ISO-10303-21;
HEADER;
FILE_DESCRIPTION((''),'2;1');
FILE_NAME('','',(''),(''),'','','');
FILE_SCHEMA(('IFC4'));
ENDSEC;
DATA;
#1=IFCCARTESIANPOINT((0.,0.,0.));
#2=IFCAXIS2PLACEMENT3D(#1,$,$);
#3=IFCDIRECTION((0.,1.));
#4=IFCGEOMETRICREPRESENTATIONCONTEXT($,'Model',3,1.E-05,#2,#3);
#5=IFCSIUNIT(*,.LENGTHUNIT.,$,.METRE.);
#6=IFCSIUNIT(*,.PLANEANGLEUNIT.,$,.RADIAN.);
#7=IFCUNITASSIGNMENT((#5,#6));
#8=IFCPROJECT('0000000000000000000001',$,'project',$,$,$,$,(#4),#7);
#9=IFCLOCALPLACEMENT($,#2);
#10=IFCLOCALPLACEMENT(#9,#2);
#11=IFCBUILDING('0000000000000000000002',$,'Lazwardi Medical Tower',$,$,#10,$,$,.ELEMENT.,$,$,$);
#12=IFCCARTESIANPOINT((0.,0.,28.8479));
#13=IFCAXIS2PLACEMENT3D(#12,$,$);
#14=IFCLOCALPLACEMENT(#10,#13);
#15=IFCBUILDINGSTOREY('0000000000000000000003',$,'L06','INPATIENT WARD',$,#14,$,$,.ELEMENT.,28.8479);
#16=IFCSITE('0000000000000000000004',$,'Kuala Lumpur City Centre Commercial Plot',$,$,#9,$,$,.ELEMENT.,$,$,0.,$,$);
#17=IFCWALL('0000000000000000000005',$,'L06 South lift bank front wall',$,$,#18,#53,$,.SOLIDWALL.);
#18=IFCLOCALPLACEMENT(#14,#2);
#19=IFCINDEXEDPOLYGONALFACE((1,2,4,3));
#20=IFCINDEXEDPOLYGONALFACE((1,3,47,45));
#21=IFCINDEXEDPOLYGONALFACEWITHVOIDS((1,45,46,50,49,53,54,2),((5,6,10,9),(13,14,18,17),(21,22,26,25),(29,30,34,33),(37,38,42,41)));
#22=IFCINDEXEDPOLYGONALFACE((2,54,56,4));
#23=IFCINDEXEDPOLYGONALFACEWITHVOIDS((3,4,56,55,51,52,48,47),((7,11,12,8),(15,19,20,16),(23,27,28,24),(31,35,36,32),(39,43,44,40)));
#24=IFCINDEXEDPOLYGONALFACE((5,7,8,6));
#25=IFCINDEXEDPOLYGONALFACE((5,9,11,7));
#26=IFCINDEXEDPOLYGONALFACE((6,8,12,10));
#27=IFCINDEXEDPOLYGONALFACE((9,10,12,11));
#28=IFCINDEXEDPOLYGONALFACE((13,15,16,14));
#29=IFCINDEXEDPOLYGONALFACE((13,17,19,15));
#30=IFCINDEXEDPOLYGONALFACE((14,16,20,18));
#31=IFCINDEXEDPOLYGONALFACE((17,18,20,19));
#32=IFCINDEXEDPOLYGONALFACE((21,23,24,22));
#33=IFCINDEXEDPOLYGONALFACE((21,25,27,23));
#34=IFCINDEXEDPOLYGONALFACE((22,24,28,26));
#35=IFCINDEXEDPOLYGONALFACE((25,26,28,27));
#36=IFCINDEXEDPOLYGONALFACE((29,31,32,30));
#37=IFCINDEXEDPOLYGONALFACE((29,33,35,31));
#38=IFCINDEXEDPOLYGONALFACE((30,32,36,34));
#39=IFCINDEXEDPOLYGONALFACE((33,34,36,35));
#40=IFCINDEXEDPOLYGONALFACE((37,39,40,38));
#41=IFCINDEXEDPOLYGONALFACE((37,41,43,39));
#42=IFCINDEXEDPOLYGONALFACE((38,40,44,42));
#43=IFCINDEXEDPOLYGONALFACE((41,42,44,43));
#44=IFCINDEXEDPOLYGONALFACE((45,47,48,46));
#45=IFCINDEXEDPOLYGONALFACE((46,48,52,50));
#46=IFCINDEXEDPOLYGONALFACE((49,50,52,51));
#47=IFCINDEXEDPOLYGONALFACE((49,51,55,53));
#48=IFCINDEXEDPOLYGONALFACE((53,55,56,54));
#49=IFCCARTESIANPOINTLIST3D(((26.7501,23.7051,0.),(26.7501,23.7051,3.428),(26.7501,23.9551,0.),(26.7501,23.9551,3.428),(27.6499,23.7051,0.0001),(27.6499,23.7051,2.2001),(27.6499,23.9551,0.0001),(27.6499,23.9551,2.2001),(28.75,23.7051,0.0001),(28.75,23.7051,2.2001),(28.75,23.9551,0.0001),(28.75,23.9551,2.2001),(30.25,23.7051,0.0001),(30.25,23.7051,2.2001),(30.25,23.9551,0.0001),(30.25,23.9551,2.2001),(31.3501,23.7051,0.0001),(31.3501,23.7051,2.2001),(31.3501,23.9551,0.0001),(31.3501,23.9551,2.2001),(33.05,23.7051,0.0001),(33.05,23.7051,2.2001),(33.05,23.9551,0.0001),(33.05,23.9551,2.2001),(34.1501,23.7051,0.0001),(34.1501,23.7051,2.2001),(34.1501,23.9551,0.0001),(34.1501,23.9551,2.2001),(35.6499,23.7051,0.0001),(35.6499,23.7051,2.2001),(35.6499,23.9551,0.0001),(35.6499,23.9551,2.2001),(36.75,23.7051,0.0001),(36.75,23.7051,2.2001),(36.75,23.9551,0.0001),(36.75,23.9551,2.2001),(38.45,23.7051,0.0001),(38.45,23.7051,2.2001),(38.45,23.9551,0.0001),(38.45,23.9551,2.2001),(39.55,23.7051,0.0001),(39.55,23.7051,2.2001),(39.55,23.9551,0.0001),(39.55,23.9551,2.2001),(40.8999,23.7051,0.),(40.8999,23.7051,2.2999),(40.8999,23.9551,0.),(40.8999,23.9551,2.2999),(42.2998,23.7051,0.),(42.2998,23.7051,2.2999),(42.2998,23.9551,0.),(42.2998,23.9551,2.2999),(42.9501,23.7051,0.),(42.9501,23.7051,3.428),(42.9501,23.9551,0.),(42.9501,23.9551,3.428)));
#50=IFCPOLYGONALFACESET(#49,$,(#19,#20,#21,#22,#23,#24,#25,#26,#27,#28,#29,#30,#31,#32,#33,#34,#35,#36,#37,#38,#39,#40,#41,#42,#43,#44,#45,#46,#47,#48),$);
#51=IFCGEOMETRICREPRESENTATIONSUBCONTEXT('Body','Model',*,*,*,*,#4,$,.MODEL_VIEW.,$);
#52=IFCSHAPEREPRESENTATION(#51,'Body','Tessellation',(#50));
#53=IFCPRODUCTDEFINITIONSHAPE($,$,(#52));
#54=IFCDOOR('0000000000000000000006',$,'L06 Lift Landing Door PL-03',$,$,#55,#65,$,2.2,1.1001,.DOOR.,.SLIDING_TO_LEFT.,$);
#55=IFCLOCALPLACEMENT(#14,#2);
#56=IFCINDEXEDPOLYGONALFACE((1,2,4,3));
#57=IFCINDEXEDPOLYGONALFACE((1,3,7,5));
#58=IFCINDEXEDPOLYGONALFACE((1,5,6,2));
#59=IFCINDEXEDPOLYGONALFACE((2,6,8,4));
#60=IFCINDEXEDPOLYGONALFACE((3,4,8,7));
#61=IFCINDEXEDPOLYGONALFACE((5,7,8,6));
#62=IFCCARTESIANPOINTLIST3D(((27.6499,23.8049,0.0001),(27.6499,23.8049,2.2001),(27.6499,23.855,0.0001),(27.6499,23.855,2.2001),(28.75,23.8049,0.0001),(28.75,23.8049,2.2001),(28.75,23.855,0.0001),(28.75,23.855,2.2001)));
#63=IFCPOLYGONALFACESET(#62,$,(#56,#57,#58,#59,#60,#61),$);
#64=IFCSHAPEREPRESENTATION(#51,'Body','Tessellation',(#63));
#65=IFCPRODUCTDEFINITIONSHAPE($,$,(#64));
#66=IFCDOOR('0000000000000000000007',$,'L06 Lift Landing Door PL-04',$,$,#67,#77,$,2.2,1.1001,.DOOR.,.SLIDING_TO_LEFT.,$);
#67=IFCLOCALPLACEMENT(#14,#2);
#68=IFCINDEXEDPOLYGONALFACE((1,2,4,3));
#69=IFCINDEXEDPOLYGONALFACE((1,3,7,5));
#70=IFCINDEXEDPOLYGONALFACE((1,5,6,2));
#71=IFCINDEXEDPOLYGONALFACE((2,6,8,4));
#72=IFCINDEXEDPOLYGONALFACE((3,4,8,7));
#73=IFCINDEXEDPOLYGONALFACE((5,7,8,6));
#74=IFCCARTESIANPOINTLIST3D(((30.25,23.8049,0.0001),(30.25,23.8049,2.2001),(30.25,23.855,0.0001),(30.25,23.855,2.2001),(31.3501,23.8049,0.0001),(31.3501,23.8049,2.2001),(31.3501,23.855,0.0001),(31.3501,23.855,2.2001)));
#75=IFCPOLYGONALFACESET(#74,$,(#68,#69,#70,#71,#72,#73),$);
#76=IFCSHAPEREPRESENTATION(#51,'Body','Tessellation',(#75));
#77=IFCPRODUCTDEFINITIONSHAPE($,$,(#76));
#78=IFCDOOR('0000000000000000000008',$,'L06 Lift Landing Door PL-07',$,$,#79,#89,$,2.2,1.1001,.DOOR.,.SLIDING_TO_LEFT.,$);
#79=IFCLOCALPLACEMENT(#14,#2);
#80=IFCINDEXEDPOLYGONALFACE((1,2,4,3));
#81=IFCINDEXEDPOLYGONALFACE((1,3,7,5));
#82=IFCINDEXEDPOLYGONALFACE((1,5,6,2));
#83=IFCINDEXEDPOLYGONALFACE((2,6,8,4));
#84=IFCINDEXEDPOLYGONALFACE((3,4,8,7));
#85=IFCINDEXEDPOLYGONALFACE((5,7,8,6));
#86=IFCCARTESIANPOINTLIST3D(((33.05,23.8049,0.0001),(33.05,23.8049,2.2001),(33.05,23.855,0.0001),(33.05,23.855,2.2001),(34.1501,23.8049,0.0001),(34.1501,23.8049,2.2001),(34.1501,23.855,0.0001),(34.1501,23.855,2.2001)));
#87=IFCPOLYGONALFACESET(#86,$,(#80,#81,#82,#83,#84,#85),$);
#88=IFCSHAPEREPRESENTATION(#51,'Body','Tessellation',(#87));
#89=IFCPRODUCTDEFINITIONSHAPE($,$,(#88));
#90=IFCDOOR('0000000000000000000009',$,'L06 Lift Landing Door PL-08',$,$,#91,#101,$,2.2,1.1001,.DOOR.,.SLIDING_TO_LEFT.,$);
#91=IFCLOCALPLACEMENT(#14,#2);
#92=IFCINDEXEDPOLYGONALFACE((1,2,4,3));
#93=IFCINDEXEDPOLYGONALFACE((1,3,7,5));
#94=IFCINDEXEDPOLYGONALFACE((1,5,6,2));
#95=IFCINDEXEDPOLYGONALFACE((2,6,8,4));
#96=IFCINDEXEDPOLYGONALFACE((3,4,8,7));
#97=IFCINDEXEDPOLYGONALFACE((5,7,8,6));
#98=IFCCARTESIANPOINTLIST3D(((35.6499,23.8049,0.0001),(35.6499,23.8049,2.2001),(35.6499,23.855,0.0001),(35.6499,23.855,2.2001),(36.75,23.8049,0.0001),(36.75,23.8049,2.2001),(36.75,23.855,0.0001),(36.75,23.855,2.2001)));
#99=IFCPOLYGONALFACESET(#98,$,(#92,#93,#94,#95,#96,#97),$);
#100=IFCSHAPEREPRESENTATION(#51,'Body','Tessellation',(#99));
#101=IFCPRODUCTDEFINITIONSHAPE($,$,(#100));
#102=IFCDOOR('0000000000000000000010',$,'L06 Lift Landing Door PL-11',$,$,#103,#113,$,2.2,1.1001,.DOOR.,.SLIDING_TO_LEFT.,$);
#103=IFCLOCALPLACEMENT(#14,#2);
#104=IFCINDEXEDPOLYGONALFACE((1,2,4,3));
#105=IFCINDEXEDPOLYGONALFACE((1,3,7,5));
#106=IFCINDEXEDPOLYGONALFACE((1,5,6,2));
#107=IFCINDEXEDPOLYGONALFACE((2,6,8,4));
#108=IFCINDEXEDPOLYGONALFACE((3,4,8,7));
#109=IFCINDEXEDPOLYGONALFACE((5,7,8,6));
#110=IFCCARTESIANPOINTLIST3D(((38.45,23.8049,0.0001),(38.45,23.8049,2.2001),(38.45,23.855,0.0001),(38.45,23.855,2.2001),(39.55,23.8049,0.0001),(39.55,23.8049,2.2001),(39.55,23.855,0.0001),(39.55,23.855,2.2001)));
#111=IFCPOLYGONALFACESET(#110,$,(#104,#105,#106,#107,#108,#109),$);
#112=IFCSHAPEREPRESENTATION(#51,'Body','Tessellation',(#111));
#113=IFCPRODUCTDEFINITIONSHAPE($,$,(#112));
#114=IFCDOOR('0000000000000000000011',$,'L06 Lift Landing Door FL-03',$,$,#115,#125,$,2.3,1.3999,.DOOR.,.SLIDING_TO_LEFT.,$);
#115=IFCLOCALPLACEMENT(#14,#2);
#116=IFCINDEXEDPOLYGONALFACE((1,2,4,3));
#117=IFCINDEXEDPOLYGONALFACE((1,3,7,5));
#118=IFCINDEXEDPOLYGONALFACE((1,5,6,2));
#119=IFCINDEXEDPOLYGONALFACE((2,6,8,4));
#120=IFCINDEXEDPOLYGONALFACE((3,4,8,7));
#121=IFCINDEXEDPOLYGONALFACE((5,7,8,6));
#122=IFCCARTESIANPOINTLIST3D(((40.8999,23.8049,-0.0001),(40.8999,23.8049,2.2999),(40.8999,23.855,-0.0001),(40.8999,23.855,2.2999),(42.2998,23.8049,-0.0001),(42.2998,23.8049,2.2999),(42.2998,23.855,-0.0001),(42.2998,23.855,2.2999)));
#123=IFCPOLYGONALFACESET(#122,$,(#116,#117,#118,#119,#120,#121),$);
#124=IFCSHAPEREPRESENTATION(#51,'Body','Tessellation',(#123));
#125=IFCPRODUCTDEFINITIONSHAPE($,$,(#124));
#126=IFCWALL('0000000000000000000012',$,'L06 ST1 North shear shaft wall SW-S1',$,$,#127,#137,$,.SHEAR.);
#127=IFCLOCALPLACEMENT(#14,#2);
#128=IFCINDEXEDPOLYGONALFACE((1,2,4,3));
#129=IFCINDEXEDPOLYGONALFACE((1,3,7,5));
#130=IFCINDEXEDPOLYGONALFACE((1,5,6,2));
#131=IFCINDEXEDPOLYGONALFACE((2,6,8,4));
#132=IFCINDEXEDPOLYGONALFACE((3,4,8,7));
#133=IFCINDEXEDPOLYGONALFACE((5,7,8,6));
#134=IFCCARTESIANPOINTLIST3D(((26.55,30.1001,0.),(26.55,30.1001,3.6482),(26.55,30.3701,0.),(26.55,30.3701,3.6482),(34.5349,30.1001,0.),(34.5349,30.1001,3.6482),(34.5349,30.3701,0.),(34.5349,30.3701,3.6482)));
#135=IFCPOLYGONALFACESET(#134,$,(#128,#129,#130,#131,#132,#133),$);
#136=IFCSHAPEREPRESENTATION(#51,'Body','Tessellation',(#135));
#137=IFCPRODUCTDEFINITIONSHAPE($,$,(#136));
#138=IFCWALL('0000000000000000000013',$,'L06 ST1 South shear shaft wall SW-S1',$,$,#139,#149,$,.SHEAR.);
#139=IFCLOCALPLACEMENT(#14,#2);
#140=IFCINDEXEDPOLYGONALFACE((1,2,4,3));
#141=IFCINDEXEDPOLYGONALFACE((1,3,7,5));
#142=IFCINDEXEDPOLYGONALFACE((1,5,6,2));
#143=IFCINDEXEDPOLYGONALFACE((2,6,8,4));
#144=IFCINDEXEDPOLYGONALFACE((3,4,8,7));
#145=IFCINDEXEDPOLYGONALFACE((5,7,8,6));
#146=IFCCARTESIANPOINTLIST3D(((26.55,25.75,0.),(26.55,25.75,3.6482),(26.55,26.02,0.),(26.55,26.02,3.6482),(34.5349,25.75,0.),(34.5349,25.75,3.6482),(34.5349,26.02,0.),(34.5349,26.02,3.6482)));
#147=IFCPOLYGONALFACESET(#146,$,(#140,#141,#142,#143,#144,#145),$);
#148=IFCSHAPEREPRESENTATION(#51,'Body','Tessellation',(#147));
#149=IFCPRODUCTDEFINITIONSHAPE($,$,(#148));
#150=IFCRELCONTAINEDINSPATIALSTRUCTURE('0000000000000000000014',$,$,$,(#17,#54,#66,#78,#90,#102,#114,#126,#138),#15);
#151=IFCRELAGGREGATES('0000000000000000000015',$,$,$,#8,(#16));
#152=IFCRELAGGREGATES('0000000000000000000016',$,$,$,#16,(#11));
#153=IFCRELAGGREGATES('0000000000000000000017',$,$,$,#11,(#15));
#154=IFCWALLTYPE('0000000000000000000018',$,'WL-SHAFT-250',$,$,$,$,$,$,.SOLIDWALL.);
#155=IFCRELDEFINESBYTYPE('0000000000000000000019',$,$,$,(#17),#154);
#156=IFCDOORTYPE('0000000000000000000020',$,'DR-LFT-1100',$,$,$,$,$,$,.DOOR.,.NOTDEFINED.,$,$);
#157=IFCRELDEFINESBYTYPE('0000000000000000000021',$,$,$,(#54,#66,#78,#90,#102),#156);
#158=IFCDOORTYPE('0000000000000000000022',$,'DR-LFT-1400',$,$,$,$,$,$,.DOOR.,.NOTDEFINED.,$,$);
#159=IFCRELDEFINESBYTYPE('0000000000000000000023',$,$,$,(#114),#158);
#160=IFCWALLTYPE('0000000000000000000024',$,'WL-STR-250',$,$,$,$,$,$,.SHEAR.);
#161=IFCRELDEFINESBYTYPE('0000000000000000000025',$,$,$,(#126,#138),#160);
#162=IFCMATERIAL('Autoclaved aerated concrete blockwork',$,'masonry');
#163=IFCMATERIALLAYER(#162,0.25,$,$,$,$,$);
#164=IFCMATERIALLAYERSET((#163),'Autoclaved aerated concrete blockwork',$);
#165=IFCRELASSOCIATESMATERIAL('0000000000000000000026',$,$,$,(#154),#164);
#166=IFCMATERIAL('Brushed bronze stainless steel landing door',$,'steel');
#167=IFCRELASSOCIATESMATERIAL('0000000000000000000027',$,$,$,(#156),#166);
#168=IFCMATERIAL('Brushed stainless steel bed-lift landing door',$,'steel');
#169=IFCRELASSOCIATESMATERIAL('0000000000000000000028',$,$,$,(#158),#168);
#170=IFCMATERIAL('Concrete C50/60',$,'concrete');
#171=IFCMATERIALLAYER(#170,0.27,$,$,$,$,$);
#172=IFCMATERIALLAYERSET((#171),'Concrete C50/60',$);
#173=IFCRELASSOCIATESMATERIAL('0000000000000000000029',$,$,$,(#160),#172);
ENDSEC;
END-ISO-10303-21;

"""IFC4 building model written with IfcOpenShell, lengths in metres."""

from ifc_helpers import new_model, si_unit, direction, frame, frame_2d, origin, place, context, subcontext, project, spatial, rectangle, extrude, material, layer, layer_set, type_object, element, fill, save


model = new_model("IFC4")

# Units and contexts
model_context = context("Model", 3, precision=1e-05, world=origin(), true_north=direction((0.0, 1.0)))
body_context = subcontext(model_context, "Body", "Model", "MODEL_VIEW")
ifc_project = project(units=[si_unit("LENGTHUNIT", "METRE"), si_unit("PLANEANGLEUNIT", "RADIAN")], contexts=[model_context])

# Site, building, storey
site_placement = place(None, origin())
site = spatial("IfcSite", under=ifc_project, at=site_placement, Name="Kuala Lumpur City Centre Commercial Plot", CompositionType="ELEMENT", RefElevation=0.0)
building_placement = place(site_placement, origin())
building = spatial("IfcBuilding", under=site, at=building_placement, Name="Lazwardi Medical Tower", CompositionType="ELEMENT")
storey_placement = place(building_placement, frame((0.0, 0.0, 28.8479)))
storey = spatial("IfcBuildingStorey", under=building, at=storey_placement, Name="L06", Description="INPATIENT WARD", CompositionType="ELEMENT", Elevation=28.8479)

# Wall, openings, doors
ifc_material_1 = material(Name="Autoclaved aerated concrete blockwork", Category="masonry")
ifc_layer_1 = layer(ifc_material_1, 0.25)
ifc_layer_set_1 = layer_set([ifc_layer_1], Name="Autoclaved aerated concrete blockwork")
wall_type_1 = type_object("IfcWallType", Name="WL-SHAFT-250", PredefinedType="SOLIDWALL", material=ifc_layer_set_1)
wall_1_placement = place(storey_placement, frame((26.75, 23.8301, 0.0), z_axis=(0.0, 0.0, 1.0), x_axis=(1.0, 0.0, 0.0)))
wall_1 = element("IfcWall", 1, at=wall_1_placement, inside=storey, type_object=wall_type_1, Name="L06 South lift bank front wall", PredefinedType="SOLIDWALL", context=body_context, shape_type="SweptSolid", body=[
    extrude(rectangle(XDim=16.2, YDim=0.25, at=frame_2d((8.1001, 0.0))), origin(), (0.0, 0.0, 1.0), 3.428),
])
opening_1_placement = place(wall_1_placement, frame((0.8999, 0.0, 0.0)))
opening_1 = element("IfcOpeningElement", 2, at=opening_1_placement, cuts=wall_1, PredefinedType="OPENING", context=body_context, shape_type="SweptSolid", body=[
    extrude(rectangle(XDim=1.1001, YDim=2.2, at=frame_2d((0.55, 1.1001))), frame((0.0, 0.135, 0.0), z_axis=(0.0, -1.0, 0.0), x_axis=(1.0, 0.0, 0.0)), (0.0, 0.0, 1.0), 0.27),
])
opening_2_placement = place(wall_1_placement, frame((3.5, 0.0, 0.0)))
opening_2 = element("IfcOpeningElement", 3, at=opening_2_placement, cuts=wall_1, PredefinedType="OPENING", context=body_context, shape_type="SweptSolid", body=[
    extrude(rectangle(XDim=1.1001, YDim=2.2, at=frame_2d((0.55, 1.1001))), frame((0.0, 0.135, 0.0), z_axis=(0.0, -1.0, 0.0), x_axis=(1.0, 0.0, 0.0)), (0.0, 0.0, 1.0), 0.27),
])
opening_3_placement = place(wall_1_placement, frame((6.3, 0.0, 0.0)))
opening_3 = element("IfcOpeningElement", 4, at=opening_3_placement, cuts=wall_1, PredefinedType="OPENING", context=body_context, shape_type="SweptSolid", body=[
    extrude(rectangle(XDim=1.1001, YDim=2.2, at=frame_2d((0.55, 1.1001))), frame((0.0, 0.135, 0.0), z_axis=(0.0, -1.0, 0.0), x_axis=(1.0, 0.0, 0.0)), (0.0, 0.0, 1.0), 0.27),
])
opening_4_placement = place(wall_1_placement, frame((8.8999, 0.0, 0.0)))
opening_4 = element("IfcOpeningElement", 5, at=opening_4_placement, cuts=wall_1, PredefinedType="OPENING", context=body_context, shape_type="SweptSolid", body=[
    extrude(rectangle(XDim=1.1001, YDim=2.2, at=frame_2d((0.55, 1.1001))), frame((0.0, 0.135, 0.0), z_axis=(0.0, -1.0, 0.0), x_axis=(1.0, 0.0, 0.0)), (0.0, 0.0, 1.0), 0.27),
])
opening_5_placement = place(wall_1_placement, frame((11.7, 0.0, 0.0)))
opening_5 = element("IfcOpeningElement", 6, at=opening_5_placement, cuts=wall_1, PredefinedType="OPENING", context=body_context, shape_type="SweptSolid", body=[
    extrude(rectangle(XDim=1.1001, YDim=2.2, at=frame_2d((0.55, 1.1001))), frame((0.0, 0.135, 0.0), z_axis=(0.0, -1.0, 0.0), x_axis=(1.0, 0.0, 0.0)), (0.0, 0.0, 1.0), 0.27),
])
opening_6_placement = place(wall_1_placement, frame((14.1499, 0.0, 0.0)))
opening_6 = element("IfcOpeningElement", 7, at=opening_6_placement, cuts=wall_1, PredefinedType="OPENING", context=body_context, shape_type="SweptSolid", body=[
    extrude(rectangle(XDim=1.3999, YDim=2.3, at=frame_2d((0.7, 1.1499))), frame((0.0, 0.135, 0.0), z_axis=(0.0, -1.0, 0.0), x_axis=(1.0, 0.0, 0.0)), (0.0, 0.0, 1.0), 0.27),
])
ifc_material_2 = material(Name="Brushed bronze stainless steel landing door", Category="steel")
door_type_1 = type_object("IfcDoorType", Name="DR-LFT-1100", OperationType="NOTDEFINED", PredefinedType="DOOR", material=ifc_material_2)
door_1_placement = place(opening_1_placement, origin())
door_1 = element("IfcDoor", 8, at=door_1_placement, inside=storey, type_object=door_type_1, Name="L06 Lift Landing Door PL-03", OperationType="SLIDING_TO_LEFT", OverallHeight=2.2, OverallWidth=1.1001, PredefinedType="DOOR", context=body_context, shape_type="SweptSolid", body=[
    extrude(rectangle(XDim=1.1001, YDim=2.2, at=frame_2d((0.55, 1.1001))), frame((0.0, 0.0249, 0.0), z_axis=(0.0, -1.0, 0.0), x_axis=(1.0, 0.0, 0.0)), (0.0, 0.0, 1.0), 0.05),
])
fill(opening_1, door_1)
door_2_placement = place(opening_2_placement, origin())
door_2 = element("IfcDoor", 9, at=door_2_placement, inside=storey, type_object=door_type_1, Name="L06 Lift Landing Door PL-04", OperationType="SLIDING_TO_LEFT", OverallHeight=2.2, OverallWidth=1.1001, PredefinedType="DOOR", context=body_context, shape_type="SweptSolid", body=[
    extrude(rectangle(XDim=1.1001, YDim=2.2, at=frame_2d((0.55, 1.1001))), frame((0.0, 0.0249, 0.0), z_axis=(0.0, -1.0, 0.0), x_axis=(1.0, 0.0, 0.0)), (0.0, 0.0, 1.0), 0.05),
])
fill(opening_2, door_2)
door_3_placement = place(opening_3_placement, origin())
door_3 = element("IfcDoor", 10, at=door_3_placement, inside=storey, type_object=door_type_1, Name="L06 Lift Landing Door PL-07", OperationType="SLIDING_TO_LEFT", OverallHeight=2.2, OverallWidth=1.1001, PredefinedType="DOOR", context=body_context, shape_type="SweptSolid", body=[
    extrude(rectangle(XDim=1.1001, YDim=2.2, at=frame_2d((0.55, 1.1001))), frame((0.0, 0.0249, 0.0), z_axis=(0.0, -1.0, 0.0), x_axis=(1.0, 0.0, 0.0)), (0.0, 0.0, 1.0), 0.05),
])
fill(opening_3, door_3)
door_4_placement = place(opening_4_placement, origin())
door_4 = element("IfcDoor", 11, at=door_4_placement, inside=storey, type_object=door_type_1, Name="L06 Lift Landing Door PL-08", OperationType="SLIDING_TO_LEFT", OverallHeight=2.2, OverallWidth=1.1001, PredefinedType="DOOR", context=body_context, shape_type="SweptSolid", body=[
    extrude(rectangle(XDim=1.1001, YDim=2.2, at=frame_2d((0.55, 1.1001))), frame((0.0, 0.0249, 0.0), z_axis=(0.0, -1.0, 0.0), x_axis=(1.0, 0.0, 0.0)), (0.0, 0.0, 1.0), 0.05),
])
fill(opening_4, door_4)
door_5_placement = place(opening_5_placement, origin())
door_5 = element("IfcDoor", 12, at=door_5_placement, inside=storey, type_object=door_type_1, Name="L06 Lift Landing Door PL-11", OperationType="SLIDING_TO_LEFT", OverallHeight=2.2, OverallWidth=1.1001, PredefinedType="DOOR", context=body_context, shape_type="SweptSolid", body=[
    extrude(rectangle(XDim=1.1001, YDim=2.2, at=frame_2d((0.55, 1.1001))), frame((0.0, 0.0249, 0.0), z_axis=(0.0, -1.0, 0.0), x_axis=(1.0, 0.0, 0.0)), (0.0, 0.0, 1.0), 0.05),
])
fill(opening_5, door_5)
ifc_material_3 = material(Name="Brushed stainless steel bed-lift landing door", Category="steel")
door_type_2 = type_object("IfcDoorType", Name="DR-LFT-1400", OperationType="NOTDEFINED", PredefinedType="DOOR", material=ifc_material_3)
door_6_placement = place(opening_6_placement, origin())
door_6 = element("IfcDoor", 13, at=door_6_placement, inside=storey, type_object=door_type_2, Name="L06 Lift Landing Door FL-03", OperationType="SLIDING_TO_LEFT", OverallHeight=2.3, OverallWidth=1.3999, PredefinedType="DOOR", context=body_context, shape_type="SweptSolid", body=[
    extrude(rectangle(XDim=1.3999, YDim=2.3, at=frame_2d((0.7, 1.1499))), frame((0.0, 0.0249, 0.0), z_axis=(0.0, -1.0, 0.0), x_axis=(1.0, 0.0, 0.0)), (0.0, 0.0, 1.0), 0.05),
])
fill(opening_6, door_6)

# Walls
ifc_material_4 = material(Name="Concrete C50/60", Category="concrete")
ifc_layer_2 = layer(ifc_material_4, 0.27)
ifc_layer_set_2 = layer_set([ifc_layer_2], Name="Concrete C50/60")
wall_type_2 = type_object("IfcWallType", Name="WL-STR-250", PredefinedType="SHEAR", material=ifc_layer_set_2)
for number, where, z_axis, x_axis, name in (
    (14, (26.55, 30.2351, 0.0), (0.0, 0.0, 1.0), (1.0, 0.0, 0.0), "L06 ST1 North shear shaft wall SW-S1"),
    (15, (26.55, 25.885, 0.0), (0.0, 0.0, 1.0), (1.0, 0.0, 0.0), "L06 ST1 South shear shaft wall SW-S1"),
):
    element("IfcWall", number, at=place(storey_placement, frame(where, z_axis=z_axis, x_axis=x_axis)), inside=storey, type_object=wall_type_2, Name=name, PredefinedType="SHEAR", context=body_context, shape_type="SweptSolid", body=[
        extrude(rectangle(XDim=7.9849, YDim=0.27, at=frame_2d((3.9924, 0.0))), origin(), (0.0, 0.0, 1.0), 3.6482),
    ])

save(model, "model.ifc")
